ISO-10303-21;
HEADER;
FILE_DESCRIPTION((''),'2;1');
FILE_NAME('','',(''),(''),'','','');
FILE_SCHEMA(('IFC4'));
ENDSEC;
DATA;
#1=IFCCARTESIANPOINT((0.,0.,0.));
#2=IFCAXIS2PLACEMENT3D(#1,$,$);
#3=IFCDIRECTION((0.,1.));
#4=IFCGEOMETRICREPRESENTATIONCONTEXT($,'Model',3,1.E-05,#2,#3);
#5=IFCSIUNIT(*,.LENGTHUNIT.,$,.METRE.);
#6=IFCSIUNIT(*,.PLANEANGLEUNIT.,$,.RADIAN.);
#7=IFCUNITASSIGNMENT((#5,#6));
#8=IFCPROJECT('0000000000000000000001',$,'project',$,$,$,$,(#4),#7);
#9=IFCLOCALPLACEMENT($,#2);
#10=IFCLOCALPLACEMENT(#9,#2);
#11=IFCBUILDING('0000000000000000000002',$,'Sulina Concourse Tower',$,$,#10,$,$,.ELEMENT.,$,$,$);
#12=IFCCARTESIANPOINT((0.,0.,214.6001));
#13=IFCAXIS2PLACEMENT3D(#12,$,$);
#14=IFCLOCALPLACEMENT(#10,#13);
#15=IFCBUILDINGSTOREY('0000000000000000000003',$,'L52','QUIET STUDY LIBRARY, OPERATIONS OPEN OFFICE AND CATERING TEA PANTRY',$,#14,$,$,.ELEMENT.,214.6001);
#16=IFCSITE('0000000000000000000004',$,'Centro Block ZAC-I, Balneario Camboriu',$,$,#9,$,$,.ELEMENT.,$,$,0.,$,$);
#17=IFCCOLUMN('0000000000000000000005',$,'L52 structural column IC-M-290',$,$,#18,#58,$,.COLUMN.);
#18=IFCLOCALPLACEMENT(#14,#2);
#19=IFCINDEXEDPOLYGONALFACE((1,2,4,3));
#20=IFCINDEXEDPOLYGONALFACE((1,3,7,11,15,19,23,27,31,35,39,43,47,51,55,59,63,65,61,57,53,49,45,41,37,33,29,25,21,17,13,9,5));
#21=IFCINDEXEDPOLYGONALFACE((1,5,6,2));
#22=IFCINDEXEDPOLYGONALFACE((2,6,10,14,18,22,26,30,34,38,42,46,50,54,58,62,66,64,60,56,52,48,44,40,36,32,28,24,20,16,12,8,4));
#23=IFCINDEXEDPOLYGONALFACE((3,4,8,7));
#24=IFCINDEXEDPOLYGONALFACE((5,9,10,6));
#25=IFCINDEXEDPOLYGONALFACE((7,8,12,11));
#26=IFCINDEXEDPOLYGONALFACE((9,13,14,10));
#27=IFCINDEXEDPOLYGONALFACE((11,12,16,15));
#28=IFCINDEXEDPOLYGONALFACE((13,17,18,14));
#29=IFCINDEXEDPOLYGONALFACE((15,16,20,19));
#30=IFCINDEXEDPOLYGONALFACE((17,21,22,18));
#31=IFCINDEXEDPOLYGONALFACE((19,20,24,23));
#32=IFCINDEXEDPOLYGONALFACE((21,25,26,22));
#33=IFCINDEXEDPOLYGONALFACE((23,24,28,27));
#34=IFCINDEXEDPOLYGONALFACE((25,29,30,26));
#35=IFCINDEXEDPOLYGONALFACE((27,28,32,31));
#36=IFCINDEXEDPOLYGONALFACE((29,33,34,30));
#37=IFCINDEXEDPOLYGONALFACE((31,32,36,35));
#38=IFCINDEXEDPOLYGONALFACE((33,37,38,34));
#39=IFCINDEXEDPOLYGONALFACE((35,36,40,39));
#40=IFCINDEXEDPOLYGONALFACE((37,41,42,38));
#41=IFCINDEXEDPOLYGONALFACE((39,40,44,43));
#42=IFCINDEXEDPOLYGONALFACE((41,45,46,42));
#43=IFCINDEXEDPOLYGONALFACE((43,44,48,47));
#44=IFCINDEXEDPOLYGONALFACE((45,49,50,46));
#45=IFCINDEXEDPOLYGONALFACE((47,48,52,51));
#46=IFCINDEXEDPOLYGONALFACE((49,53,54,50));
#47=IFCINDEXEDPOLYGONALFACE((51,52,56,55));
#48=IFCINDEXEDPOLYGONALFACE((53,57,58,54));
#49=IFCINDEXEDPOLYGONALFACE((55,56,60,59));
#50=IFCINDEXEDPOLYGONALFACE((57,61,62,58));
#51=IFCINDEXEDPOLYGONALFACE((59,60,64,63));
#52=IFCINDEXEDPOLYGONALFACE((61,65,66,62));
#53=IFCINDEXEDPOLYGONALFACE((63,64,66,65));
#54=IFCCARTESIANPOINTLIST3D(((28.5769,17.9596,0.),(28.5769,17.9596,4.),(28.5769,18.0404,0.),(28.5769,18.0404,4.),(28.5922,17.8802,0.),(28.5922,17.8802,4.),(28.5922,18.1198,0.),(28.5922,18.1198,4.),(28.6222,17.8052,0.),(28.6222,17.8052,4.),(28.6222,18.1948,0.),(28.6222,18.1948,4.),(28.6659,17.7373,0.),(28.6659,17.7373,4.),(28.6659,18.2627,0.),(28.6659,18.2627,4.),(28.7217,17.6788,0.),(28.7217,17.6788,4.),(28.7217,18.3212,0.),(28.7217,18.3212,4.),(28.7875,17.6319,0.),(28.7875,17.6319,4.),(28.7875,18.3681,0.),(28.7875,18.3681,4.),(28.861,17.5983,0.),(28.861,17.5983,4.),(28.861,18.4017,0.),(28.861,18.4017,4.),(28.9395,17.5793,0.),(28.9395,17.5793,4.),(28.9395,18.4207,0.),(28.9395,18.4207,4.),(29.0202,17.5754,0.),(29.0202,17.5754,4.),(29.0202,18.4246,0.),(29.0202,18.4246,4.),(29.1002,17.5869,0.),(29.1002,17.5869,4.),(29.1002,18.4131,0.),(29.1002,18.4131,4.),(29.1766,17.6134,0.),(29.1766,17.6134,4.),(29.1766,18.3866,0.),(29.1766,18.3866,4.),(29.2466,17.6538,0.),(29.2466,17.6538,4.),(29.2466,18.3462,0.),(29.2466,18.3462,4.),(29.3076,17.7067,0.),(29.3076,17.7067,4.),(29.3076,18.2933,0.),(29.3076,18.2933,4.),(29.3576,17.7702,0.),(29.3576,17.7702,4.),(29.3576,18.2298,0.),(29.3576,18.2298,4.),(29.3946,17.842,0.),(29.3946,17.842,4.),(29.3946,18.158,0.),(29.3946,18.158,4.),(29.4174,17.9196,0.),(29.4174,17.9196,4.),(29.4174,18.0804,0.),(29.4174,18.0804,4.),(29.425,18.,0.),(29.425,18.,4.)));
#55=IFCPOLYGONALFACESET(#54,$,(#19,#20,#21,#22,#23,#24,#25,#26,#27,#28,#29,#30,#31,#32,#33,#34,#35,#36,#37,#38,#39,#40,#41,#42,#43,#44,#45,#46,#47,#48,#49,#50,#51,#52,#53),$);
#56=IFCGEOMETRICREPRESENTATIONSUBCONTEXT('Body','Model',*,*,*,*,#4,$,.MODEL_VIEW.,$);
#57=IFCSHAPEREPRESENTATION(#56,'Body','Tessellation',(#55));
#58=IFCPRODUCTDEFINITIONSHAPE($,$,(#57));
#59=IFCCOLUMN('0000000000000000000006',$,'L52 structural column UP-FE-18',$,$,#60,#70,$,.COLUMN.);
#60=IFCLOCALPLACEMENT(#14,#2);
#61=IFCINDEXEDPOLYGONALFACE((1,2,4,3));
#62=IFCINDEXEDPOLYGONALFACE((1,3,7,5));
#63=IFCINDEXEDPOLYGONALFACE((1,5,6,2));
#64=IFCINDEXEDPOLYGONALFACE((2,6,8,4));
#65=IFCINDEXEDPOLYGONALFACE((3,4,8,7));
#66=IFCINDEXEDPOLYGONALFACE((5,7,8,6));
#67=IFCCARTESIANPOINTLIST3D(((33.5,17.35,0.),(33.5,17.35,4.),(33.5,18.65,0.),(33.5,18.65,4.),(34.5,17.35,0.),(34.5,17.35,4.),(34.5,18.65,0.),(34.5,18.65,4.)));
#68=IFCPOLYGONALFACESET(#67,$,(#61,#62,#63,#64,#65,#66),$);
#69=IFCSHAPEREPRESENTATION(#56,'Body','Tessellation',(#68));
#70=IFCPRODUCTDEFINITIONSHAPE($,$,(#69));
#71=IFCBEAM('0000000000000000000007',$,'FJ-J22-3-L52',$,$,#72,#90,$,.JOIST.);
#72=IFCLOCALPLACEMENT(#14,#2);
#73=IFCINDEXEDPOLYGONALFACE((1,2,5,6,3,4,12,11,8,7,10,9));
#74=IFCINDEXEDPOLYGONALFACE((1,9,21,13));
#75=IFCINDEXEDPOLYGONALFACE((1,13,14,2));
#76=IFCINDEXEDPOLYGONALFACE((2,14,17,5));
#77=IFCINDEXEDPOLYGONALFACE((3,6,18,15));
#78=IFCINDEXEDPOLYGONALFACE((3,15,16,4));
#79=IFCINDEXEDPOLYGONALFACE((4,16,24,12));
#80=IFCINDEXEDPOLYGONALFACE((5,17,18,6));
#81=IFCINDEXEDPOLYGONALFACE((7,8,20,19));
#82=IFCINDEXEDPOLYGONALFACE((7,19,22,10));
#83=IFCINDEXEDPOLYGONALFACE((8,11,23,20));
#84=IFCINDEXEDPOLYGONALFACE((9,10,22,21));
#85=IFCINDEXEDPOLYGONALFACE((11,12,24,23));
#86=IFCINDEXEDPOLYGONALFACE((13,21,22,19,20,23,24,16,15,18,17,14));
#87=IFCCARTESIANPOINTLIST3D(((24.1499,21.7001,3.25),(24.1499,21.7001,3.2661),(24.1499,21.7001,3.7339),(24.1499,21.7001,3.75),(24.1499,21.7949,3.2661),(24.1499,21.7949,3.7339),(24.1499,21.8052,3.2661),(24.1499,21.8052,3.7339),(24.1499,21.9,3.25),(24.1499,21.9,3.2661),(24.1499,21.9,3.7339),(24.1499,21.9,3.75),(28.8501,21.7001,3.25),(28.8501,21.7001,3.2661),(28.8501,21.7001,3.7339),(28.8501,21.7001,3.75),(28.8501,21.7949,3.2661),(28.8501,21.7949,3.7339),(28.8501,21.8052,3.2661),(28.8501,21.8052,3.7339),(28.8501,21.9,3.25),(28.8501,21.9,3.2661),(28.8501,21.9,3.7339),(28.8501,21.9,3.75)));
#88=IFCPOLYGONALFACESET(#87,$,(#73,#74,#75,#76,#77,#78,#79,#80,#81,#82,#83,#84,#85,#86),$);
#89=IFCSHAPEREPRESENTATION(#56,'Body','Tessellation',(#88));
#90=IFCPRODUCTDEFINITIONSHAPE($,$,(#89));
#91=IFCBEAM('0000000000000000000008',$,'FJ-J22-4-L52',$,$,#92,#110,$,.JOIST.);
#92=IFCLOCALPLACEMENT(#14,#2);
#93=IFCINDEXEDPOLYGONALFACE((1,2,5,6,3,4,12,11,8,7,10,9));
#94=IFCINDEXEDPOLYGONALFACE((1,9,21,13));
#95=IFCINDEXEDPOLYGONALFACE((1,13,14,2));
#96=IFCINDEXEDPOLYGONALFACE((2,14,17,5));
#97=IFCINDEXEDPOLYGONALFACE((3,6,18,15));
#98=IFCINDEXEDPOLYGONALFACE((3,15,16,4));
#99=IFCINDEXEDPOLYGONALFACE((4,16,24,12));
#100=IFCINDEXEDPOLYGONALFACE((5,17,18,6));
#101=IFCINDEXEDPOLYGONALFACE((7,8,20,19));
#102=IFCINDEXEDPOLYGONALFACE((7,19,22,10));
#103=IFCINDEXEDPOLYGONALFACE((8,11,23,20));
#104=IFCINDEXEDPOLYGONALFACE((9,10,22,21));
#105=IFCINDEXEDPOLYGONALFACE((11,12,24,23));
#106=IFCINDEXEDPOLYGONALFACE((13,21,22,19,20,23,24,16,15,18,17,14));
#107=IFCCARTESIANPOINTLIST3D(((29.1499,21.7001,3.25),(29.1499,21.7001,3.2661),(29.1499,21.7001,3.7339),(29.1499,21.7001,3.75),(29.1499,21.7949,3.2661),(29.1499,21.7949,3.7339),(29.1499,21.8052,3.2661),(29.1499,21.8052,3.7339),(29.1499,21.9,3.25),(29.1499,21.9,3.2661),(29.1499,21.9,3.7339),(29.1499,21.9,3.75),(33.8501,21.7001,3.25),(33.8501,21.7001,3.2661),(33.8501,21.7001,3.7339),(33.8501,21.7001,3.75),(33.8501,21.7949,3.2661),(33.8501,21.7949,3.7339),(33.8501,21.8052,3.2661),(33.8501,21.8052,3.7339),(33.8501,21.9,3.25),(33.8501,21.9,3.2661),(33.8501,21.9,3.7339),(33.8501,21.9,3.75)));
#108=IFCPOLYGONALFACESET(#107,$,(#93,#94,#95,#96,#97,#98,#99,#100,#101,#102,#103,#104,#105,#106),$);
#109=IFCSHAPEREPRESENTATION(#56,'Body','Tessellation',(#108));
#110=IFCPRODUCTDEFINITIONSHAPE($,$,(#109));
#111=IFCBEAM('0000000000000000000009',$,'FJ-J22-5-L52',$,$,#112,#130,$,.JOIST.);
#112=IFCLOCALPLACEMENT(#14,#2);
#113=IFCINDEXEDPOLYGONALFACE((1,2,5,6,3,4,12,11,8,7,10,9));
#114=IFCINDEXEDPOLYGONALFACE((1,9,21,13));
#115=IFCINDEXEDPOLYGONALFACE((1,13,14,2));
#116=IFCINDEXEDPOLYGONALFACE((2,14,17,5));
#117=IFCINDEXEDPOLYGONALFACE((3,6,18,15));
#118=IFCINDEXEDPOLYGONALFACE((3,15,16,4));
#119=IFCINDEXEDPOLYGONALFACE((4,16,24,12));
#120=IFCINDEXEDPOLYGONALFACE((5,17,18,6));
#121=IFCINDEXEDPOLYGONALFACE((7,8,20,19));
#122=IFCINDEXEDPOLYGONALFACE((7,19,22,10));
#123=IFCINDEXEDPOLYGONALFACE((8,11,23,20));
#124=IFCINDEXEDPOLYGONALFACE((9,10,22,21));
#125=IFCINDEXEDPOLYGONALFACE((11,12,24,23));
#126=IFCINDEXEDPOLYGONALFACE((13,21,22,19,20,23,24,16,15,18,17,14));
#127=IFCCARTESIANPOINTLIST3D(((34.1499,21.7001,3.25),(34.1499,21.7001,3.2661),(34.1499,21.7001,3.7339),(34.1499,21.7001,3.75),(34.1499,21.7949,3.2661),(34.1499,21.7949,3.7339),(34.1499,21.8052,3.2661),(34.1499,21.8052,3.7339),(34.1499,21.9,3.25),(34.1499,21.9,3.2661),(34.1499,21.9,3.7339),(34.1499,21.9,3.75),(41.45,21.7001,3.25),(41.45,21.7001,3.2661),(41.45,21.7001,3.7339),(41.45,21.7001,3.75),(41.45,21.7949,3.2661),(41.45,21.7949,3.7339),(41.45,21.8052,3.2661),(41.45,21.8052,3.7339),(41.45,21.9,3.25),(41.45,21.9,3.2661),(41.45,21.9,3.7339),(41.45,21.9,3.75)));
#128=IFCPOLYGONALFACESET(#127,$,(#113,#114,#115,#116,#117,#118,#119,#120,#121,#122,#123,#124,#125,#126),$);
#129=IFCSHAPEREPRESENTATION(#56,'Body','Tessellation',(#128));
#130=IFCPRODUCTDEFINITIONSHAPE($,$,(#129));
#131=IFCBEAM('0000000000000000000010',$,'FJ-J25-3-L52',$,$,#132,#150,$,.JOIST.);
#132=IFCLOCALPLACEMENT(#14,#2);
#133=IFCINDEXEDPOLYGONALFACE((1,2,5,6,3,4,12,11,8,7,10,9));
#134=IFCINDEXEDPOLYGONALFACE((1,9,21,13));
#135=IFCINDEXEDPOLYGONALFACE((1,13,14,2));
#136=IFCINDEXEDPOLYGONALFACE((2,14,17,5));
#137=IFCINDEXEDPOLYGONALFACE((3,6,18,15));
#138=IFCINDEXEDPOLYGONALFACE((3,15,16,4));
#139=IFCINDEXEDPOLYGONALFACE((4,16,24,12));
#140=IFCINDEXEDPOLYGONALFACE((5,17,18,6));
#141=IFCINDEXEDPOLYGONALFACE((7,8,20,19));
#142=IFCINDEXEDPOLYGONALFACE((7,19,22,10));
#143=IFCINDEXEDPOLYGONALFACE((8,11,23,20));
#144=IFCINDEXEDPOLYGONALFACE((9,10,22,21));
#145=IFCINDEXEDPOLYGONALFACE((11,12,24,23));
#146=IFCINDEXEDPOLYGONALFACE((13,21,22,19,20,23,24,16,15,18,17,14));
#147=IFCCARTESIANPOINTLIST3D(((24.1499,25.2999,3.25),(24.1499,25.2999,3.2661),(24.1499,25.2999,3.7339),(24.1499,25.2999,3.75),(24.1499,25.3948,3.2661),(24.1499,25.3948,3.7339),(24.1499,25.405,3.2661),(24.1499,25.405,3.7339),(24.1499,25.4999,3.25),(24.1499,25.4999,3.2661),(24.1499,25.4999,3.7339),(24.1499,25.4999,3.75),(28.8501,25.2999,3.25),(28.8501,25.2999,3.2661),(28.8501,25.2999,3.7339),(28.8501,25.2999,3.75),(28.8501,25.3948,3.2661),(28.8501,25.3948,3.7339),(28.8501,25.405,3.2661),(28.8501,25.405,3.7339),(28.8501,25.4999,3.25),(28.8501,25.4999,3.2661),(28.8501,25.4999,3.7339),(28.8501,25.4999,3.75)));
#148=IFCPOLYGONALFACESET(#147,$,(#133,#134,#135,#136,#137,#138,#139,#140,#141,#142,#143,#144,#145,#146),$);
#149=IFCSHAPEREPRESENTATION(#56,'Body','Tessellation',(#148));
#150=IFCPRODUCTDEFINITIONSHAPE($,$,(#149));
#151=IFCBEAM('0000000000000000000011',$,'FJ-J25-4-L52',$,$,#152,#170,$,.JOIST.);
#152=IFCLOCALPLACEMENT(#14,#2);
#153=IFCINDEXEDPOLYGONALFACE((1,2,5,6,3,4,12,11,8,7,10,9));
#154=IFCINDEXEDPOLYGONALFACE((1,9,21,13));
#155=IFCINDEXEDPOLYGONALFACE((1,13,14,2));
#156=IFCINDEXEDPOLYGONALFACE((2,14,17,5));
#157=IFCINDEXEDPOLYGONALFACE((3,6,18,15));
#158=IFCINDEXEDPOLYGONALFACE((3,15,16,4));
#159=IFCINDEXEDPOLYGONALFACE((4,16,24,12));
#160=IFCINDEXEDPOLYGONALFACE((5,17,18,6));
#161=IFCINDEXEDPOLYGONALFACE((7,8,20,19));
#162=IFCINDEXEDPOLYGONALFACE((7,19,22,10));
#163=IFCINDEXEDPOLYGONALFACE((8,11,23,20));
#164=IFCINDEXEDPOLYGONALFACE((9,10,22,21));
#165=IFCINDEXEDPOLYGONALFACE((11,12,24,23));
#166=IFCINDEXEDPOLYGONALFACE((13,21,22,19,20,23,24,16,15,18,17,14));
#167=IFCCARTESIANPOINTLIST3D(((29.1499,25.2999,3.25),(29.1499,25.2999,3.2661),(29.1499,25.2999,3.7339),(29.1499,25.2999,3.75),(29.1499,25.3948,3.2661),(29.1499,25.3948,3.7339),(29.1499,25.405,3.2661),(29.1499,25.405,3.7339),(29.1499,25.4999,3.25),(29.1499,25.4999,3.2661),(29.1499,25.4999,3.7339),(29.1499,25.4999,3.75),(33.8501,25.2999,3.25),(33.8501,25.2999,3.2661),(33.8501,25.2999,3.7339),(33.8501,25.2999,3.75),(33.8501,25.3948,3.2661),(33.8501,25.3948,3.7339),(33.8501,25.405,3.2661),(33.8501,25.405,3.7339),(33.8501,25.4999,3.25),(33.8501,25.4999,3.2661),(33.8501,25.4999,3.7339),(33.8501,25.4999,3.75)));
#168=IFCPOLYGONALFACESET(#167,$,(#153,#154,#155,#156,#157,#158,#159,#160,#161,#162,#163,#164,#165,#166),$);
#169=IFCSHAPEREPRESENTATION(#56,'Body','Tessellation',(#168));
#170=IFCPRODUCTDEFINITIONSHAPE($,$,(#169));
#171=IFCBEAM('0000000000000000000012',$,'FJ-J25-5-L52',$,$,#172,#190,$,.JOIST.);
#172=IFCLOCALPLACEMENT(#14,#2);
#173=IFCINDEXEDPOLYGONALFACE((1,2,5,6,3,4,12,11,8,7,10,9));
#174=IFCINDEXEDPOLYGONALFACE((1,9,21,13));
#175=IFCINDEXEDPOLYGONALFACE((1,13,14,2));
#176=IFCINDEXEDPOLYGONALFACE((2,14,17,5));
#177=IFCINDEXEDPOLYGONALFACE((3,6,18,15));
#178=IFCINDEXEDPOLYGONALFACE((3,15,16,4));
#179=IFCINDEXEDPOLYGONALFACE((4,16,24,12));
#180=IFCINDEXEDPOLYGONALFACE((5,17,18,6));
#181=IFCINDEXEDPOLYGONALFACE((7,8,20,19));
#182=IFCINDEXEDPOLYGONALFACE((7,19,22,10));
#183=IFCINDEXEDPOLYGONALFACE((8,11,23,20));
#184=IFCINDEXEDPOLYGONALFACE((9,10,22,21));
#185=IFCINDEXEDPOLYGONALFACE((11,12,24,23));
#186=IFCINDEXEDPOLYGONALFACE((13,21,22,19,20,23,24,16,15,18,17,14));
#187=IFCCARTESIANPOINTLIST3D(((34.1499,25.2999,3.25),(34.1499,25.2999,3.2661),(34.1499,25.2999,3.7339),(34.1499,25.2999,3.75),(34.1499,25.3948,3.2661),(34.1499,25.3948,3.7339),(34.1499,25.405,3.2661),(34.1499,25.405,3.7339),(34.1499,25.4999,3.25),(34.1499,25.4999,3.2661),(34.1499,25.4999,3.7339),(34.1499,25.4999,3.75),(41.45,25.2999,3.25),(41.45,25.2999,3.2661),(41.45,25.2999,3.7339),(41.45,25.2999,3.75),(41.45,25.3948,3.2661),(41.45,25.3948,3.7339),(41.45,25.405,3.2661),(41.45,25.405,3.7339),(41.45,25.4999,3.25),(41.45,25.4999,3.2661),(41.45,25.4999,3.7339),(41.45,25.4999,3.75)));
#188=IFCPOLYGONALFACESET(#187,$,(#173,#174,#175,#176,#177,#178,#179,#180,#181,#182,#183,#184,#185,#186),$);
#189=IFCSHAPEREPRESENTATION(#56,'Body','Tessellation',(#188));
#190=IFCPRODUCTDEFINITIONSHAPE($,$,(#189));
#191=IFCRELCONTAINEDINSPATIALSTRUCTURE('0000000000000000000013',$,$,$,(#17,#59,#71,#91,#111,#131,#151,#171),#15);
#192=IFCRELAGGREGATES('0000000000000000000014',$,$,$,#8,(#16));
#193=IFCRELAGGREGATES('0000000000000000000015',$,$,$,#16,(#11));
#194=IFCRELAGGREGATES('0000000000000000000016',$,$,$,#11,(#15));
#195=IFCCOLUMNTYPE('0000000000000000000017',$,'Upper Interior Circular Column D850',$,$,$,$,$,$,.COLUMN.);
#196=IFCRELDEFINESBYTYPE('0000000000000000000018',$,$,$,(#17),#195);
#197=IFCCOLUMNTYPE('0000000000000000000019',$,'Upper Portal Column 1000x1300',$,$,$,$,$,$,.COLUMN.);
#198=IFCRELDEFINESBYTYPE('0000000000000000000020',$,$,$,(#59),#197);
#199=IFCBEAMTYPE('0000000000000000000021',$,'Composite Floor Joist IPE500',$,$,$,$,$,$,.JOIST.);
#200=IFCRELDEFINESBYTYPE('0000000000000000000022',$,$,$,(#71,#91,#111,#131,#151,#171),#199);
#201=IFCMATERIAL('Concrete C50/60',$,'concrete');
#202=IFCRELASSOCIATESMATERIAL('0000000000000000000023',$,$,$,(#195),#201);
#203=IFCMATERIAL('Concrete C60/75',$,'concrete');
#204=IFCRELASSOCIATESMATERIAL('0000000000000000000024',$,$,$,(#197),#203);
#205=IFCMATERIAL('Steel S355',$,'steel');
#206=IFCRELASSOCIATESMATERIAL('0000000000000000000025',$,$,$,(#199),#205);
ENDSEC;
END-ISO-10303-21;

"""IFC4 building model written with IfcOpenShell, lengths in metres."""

from ifc_helpers import new_model, si_unit, direction, frame, origin, origin_2d, place, context, subcontext, project, spatial, rectangle, circle, i_section, extrude, material, material_profile, profile_set, type_object, element, save


model = new_model("IFC4")

# Units and contexts
model_context = context("Model", 3, precision=1e-05, world=origin(), true_north=direction((0.0, 1.0)))
body_context = subcontext(model_context, "Body", "Model", "MODEL_VIEW")
ifc_project = project(units=[si_unit("LENGTHUNIT", "METRE"), si_unit("PLANEANGLEUNIT", "RADIAN")], contexts=[model_context])

# Site, building, storey
site_placement = place(None, origin())
site = spatial("IfcSite", under=ifc_project, at=site_placement, Name="Centro Block ZAC-I, Balneario Camboriu", CompositionType="ELEMENT", RefElevation=0.0)
building_placement = place(site_placement, origin())
building = spatial("IfcBuilding", under=site, at=building_placement, Name="Sulina Concourse Tower", CompositionType="ELEMENT")
storey_placement = place(building_placement, frame((0.0, 0.0, 214.6001)))
storey = spatial("IfcBuildingStorey", under=building, at=storey_placement, Name="L52", Description="QUIET STUDY LIBRARY, OPERATIONS OPEN OFFICE AND CATERING TEA PANTRY", CompositionType="ELEMENT", Elevation=214.6001)

# Columns
ifc_material_1 = material(Name="Concrete C50/60", Category="concrete")
ifc_material_profile_1 = material_profile(ifc_material_1, circle(Radius=0.425, at=origin_2d()), Name="RC D850")
ifc_profile_set_1 = profile_set([ifc_material_profile_1], Name="Concrete C50/60")
column_type_1 = type_object("IfcColumnType", Name="Upper Interior Circular Column D850", PredefinedType="COLUMN", material=ifc_profile_set_1)
column_1_placement = place(storey_placement, frame((29.0, 18.0, 0.0), z_axis=(0.0, 0.0, 1.0), x_axis=(1.0, 0.0, 0.0)))
element("IfcColumn", 1, at=column_1_placement, inside=storey, type_object=column_type_1, Name="L52 structural column IC-M-290", PredefinedType="COLUMN", context=body_context, shape_type="SweptSolid", body=[
    extrude(circle(Radius=0.425, at=origin_2d()), origin(), (0.0, 0.0, 1.0), 4.0),
])
ifc_material_2 = material(Name="Concrete C60/75", Category="concrete")
ifc_material_profile_2 = material_profile(ifc_material_2, rectangle(XDim=1.0, YDim=1.3, at=origin_2d()), Name="RC 1000x1300")
ifc_profile_set_2 = profile_set([ifc_material_profile_2], Name="Concrete C60/75")
column_type_2 = type_object("IfcColumnType", Name="Upper Portal Column 1000x1300", PredefinedType="COLUMN", material=ifc_profile_set_2)
column_2_placement = place(storey_placement, frame((34.0, 18.0, 0.0), z_axis=(0.0, 0.0, 1.0), x_axis=(1.0, 0.0, 0.0)))
element("IfcColumn", 2, at=column_2_placement, inside=storey, type_object=column_type_2, Name="L52 structural column UP-FE-18", PredefinedType="COLUMN", context=body_context, shape_type="SweptSolid", body=[
    extrude(rectangle(XDim=1.0, YDim=1.3, at=origin_2d()), origin(), (0.0, 0.0, 1.0), 4.0),
])

# Beams
ifc_material_3 = material(Name="Steel S355", Category="steel")
ifc_material_profile_3 = material_profile(ifc_material_3, i_section(OverallWidth=0.2, OverallDepth=0.5, WebThickness=0.0103, FlangeThickness=0.0161, at=origin_2d()), Name="IPE 500")
ifc_profile_set_3 = profile_set([ifc_material_profile_3], Name="Steel S355")
beam_type_1 = type_object("IfcBeamType", Name="Composite Floor Joist IPE500", PredefinedType="JOIST", material=ifc_profile_set_3)
for number, where, z_axis, x_axis, name in (
    (3, (24.1499, 21.8, 3.5), (1.0, 0.0, 0.0), (0.0, 1.0, 0.0), "FJ-J22-3-L52"),
    (4, (29.1499, 21.8, 3.5), (1.0, 0.0, 0.0), (0.0, 1.0, 0.0), "FJ-J22-4-L52"),
):
    element("IfcBeam", number, at=place(storey_placement, frame(where, z_axis=z_axis, x_axis=x_axis)), inside=storey, type_object=beam_type_1, Name=name, PredefinedType="JOIST", context=body_context, shape_type="SweptSolid", body=[
        extrude(i_section(OverallWidth=0.2, OverallDepth=0.5, WebThickness=0.0103, FlangeThickness=0.0161, at=origin_2d()), origin(), (0.0, 0.0, 1.0), 4.7002),
    ])
beam_1_placement = place(storey_placement, frame((34.1499, 21.8, 3.5), z_axis=(1.0, 0.0, 0.0), x_axis=(0.0, 1.0, 0.0)))
element("IfcBeam", 5, at=beam_1_placement, inside=storey, type_object=beam_type_1, Name="FJ-J22-5-L52", PredefinedType="JOIST", context=body_context, shape_type="SweptSolid", body=[
    extrude(i_section(OverallWidth=0.2, OverallDepth=0.5, WebThickness=0.0103, FlangeThickness=0.0161, at=origin_2d()), origin(), (0.0, 0.0, 1.0), 7.3),
])
for number, where, z_axis, x_axis, name in (
    (6, (24.1499, 25.3999, 3.5), (1.0, 0.0, 0.0), (0.0, 1.0, 0.0), "FJ-J25-3-L52"),
    (7, (29.1499, 25.3999, 3.5), (1.0, 0.0, 0.0), (0.0, 1.0, 0.0), "FJ-J25-4-L52"),
):
    element("IfcBeam", number, at=place(storey_placement, frame(where, z_axis=z_axis, x_axis=x_axis)), inside=storey, type_object=beam_type_1, Name=name, PredefinedType="JOIST", context=body_context, shape_type="SweptSolid", body=[
        extrude(i_section(OverallWidth=0.2, OverallDepth=0.5, WebThickness=0.0103, FlangeThickness=0.0161, at=origin_2d()), origin(), (0.0, 0.0, 1.0), 4.7002),
    ])
beam_2_placement = place(storey_placement, frame((34.1499, 25.3999, 3.5), z_axis=(1.0, 0.0, 0.0), x_axis=(0.0, 1.0, 0.0)))
element("IfcBeam", 8, at=beam_2_placement, inside=storey, type_object=beam_type_1, Name="FJ-J25-5-L52", PredefinedType="JOIST", context=body_context, shape_type="SweptSolid", body=[
    extrude(i_section(OverallWidth=0.2, OverallDepth=0.5, WebThickness=0.0103, FlangeThickness=0.0161, at=origin_2d()), origin(), (0.0, 0.0, 1.0), 7.3),
])

save(model, "model.ifc")
